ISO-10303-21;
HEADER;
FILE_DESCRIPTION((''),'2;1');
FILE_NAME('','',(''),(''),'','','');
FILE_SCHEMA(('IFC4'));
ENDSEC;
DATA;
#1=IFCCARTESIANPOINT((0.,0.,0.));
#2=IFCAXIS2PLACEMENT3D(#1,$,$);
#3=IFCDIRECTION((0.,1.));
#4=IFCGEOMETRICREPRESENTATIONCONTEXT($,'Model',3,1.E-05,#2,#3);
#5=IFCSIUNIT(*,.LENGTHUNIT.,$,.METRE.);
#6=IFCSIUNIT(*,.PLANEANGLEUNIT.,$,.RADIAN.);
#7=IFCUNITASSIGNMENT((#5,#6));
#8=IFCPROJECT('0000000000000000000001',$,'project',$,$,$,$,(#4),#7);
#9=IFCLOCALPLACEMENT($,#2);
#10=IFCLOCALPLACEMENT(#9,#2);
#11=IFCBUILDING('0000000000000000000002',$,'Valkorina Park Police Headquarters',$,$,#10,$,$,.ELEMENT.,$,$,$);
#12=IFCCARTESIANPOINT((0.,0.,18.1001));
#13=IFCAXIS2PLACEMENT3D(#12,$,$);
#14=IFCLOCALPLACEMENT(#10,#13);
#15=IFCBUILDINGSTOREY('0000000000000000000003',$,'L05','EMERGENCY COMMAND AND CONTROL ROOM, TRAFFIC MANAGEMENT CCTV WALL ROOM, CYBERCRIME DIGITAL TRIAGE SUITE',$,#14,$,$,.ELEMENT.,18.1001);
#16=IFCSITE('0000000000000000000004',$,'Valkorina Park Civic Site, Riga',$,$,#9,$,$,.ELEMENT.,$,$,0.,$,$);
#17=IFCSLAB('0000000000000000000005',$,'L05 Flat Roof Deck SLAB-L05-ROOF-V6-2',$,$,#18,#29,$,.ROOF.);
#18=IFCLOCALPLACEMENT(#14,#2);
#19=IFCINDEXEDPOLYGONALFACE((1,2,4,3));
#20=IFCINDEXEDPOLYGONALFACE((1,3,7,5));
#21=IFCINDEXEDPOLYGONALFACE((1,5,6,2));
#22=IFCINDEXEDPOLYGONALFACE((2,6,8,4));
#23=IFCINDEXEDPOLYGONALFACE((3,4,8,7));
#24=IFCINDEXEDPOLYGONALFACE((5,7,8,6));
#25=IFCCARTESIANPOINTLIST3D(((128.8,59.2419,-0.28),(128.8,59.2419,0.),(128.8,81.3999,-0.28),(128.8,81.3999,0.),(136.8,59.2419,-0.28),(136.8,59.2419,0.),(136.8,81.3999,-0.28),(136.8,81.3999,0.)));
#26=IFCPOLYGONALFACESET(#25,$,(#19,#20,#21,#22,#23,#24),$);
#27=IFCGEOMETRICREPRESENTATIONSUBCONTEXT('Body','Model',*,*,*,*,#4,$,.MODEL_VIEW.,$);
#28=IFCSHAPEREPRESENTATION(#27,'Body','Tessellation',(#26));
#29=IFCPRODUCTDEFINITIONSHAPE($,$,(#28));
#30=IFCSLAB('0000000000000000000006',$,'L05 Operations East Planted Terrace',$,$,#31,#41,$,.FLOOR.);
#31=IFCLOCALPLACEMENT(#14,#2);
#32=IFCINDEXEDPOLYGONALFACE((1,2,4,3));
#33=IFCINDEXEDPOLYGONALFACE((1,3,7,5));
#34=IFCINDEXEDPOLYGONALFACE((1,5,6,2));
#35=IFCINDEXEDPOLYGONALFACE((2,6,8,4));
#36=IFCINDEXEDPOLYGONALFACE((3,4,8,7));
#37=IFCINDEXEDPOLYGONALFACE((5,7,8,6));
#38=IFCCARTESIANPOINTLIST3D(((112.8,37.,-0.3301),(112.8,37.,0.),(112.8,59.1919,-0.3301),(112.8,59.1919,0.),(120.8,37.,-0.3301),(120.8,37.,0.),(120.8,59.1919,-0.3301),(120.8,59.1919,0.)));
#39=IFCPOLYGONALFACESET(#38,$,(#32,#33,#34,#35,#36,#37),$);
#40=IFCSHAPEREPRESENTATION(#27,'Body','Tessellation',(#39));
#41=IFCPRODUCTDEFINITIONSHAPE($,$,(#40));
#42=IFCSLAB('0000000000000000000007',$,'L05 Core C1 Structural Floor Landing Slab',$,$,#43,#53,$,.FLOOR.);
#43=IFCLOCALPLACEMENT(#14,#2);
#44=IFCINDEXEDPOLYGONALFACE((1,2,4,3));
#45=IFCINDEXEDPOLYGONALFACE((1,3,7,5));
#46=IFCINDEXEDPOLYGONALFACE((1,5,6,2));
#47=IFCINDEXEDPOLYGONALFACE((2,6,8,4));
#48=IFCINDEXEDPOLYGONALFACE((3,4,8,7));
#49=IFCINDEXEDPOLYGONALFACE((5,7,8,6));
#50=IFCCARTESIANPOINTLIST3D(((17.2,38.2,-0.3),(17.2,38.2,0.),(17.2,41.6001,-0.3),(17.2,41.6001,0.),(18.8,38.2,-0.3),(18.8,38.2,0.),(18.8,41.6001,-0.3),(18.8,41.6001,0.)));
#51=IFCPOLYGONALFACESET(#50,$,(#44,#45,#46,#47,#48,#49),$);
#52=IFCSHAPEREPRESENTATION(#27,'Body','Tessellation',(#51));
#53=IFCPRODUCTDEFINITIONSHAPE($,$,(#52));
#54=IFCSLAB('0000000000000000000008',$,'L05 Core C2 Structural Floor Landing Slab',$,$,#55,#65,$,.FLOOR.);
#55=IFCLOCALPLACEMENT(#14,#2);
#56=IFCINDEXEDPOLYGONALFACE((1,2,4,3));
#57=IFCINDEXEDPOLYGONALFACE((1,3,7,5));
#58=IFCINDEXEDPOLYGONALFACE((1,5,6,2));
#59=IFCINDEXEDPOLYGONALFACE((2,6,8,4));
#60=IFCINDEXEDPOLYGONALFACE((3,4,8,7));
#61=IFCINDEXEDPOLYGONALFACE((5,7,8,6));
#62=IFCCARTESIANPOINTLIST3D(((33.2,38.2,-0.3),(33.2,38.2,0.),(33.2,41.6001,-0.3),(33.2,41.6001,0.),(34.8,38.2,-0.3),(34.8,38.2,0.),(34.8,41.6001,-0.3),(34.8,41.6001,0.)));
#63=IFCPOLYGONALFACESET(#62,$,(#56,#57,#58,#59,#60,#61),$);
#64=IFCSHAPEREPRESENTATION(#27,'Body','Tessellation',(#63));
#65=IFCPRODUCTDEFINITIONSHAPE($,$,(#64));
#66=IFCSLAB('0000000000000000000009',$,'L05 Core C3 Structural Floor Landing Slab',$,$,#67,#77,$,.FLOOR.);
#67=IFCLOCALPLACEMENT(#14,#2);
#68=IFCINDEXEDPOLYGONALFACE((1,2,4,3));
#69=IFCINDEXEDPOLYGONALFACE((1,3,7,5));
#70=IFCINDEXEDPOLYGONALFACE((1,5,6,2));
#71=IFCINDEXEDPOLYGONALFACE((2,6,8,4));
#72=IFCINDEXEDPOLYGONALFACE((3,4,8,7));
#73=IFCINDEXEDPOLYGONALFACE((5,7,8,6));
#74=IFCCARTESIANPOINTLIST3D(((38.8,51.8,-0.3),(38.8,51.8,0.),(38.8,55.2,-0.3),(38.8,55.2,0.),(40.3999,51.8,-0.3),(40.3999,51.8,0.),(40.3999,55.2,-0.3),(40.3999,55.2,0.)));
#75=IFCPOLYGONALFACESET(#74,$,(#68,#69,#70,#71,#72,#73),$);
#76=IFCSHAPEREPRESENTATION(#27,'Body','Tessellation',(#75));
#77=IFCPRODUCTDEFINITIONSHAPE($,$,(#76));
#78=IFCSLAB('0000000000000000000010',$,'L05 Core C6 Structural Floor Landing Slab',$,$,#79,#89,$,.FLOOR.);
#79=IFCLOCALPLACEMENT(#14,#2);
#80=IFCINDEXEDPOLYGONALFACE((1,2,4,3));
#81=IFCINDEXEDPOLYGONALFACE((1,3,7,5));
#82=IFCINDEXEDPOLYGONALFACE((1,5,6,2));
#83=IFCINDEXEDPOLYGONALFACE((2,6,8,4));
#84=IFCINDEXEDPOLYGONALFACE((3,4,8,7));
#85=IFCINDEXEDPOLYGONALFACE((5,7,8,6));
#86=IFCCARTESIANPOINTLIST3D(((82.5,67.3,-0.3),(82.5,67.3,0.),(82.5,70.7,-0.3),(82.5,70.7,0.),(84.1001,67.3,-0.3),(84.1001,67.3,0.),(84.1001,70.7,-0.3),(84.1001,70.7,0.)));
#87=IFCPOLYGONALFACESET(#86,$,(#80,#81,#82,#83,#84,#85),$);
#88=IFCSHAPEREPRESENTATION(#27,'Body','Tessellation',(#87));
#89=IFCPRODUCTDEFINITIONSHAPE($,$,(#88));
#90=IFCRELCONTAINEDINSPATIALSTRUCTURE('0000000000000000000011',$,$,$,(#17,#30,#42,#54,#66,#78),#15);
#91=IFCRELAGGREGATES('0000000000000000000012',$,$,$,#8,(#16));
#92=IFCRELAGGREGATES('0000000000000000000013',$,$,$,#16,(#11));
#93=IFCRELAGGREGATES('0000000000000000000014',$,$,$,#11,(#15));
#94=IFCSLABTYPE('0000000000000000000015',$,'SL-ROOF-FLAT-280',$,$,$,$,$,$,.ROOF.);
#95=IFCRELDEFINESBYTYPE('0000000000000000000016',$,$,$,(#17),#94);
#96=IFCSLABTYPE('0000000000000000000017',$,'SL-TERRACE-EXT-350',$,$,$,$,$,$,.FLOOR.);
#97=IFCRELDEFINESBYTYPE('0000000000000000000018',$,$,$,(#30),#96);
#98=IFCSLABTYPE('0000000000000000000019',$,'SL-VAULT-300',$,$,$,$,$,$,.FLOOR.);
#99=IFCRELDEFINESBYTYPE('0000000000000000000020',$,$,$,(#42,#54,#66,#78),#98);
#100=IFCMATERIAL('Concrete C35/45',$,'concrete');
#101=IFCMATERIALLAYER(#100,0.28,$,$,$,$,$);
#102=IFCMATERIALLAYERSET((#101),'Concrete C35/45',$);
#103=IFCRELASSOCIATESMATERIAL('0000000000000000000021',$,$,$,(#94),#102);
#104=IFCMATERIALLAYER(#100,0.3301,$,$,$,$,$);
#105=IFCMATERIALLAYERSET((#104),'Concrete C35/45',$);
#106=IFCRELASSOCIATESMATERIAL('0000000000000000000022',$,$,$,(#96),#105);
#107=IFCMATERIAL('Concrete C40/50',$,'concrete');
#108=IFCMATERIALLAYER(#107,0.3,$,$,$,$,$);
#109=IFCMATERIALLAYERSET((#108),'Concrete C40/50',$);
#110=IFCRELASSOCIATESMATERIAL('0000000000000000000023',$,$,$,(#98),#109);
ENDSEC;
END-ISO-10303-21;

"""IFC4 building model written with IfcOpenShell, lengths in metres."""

from ifc_helpers import new_model, si_unit, direction, frame, origin, place, context, subcontext, project, spatial, polyline, outline, extrude, material, layer, layer_set, type_object, element, save


model = new_model("IFC4")

# Units and contexts
model_context = context("Model", 3, precision=1e-05, world=origin(), true_north=direction((0.0, 1.0)))
body_context = subcontext(model_context, "Body", "Model", "MODEL_VIEW")
ifc_project = project(units=[si_unit("LENGTHUNIT", "METRE"), si_unit("PLANEANGLEUNIT", "RADIAN")], contexts=[model_context])

# Site, building, storey
site_placement = place(None, origin())
site = spatial("IfcSite", under=ifc_project, at=site_placement, Name="Valkorina Park Civic Site, Riga", CompositionType="ELEMENT", RefElevation=0.0)
building_placement = place(site_placement, origin())
building = spatial("IfcBuilding", under=site, at=building_placement, Name="Valkorina Park Police Headquarters", CompositionType="ELEMENT")
storey_placement = place(building_placement, frame((0.0, 0.0, 18.1001)))
storey = spatial("IfcBuildingStorey", under=building, at=storey_placement, Name="L05", Description="EMERGENCY COMMAND AND CONTROL ROOM, TRAFFIC MANAGEMENT CCTV WALL ROOM, CYBERCRIME DIGITAL TRIAGE SUITE", CompositionType="ELEMENT", Elevation=18.1001)

# Shared definitions
ifc_material_1 = material(Name="Concrete C35/45", Category="concrete")

# Shared definitions
ifc_layer_1 = layer(ifc_material_1, 0.28)
ifc_layer_set_1 = layer_set([ifc_layer_1], Name="Concrete C35/45")
slab_type_1 = type_object("IfcSlabType", Name="SL-ROOF-FLAT-280", PredefinedType="ROOF", material=ifc_layer_set_1)

# Slabs
slab_1_placement = place(storey_placement, frame((0.0, 0.0, -0.28)))
element("IfcSlab", 1, at=slab_1_placement, inside=storey, type_object=slab_type_1, Name="L05 Flat Roof Deck SLAB-L05-ROOF-V6-2", PredefinedType="ROOF", context=body_context, shape_type="SweptSolid", body=[
    extrude(outline(polyline([(128.8, 59.2419), (136.8, 59.2419), (136.8, 81.3999), (128.8, 81.3999), (128.8, 59.2419)])), origin(), (0.0, 0.0, 1.0), 0.28),
])
ifc_layer_2 = layer(ifc_material_1, 0.3301)
ifc_layer_set_2 = layer_set([ifc_layer_2], Name="Concrete C35/45")
slab_type_2 = type_object("IfcSlabType", Name="SL-TERRACE-EXT-350", PredefinedType="FLOOR", material=ifc_layer_set_2)
slab_2_placement = place(storey_placement, frame((0.0, 0.0, -0.3301)))
element("IfcSlab", 2, at=slab_2_placement, inside=storey, type_object=slab_type_2, Name="L05 Operations East Planted Terrace", PredefinedType="FLOOR", context=body_context, shape_type="SweptSolid", body=[
    extrude(outline(polyline([(120.8, 59.1919), (112.8, 59.1919), (112.8, 37.0), (120.8, 37.0), (120.8, 59.1919)])), origin(), (0.0, 0.0, 1.0), 0.3301),
])
ifc_material_2 = material(Name="Concrete C40/50", Category="concrete")
ifc_layer_3 = layer(ifc_material_2, 0.3)
ifc_layer_set_3 = layer_set([ifc_layer_3], Name="Concrete C40/50")
slab_type_3 = type_object("IfcSlabType", Name="SL-VAULT-300", PredefinedType="FLOOR", material=ifc_layer_set_3)
slab_3_placement = place(storey_placement, frame((0.0, 0.0, -0.3)))
element("IfcSlab", 3, at=slab_3_placement, inside=storey, type_object=slab_type_3, Name="L05 Core C1 Structural Floor Landing Slab", PredefinedType="FLOOR", context=body_context, shape_type="SweptSolid", body=[
    extrude(outline(polyline([(17.2, 38.2), (18.8, 38.2), (18.8, 41.6001), (17.2, 41.6001), (17.2, 38.2)])), origin(), (0.0, 0.0, 1.0), 0.3),
])
slab_4_placement = place(storey_placement, frame((0.0, 0.0, -0.3)))
element("IfcSlab", 4, at=slab_4_placement, inside=storey, type_object=slab_type_3, Name="L05 Core C2 Structural Floor Landing Slab", PredefinedType="FLOOR", context=body_context, shape_type="SweptSolid", body=[
    extrude(outline(polyline([(33.2, 38.2), (34.8, 38.2), (34.8, 41.6001), (33.2, 41.6001), (33.2, 38.2)])), origin(), (0.0, 0.0, 1.0), 0.3),
])
slab_5_placement = place(storey_placement, frame((0.0, 0.0, -0.3)))
element("IfcSlab", 5, at=slab_5_placement, inside=storey, type_object=slab_type_3, Name="L05 Core C3 Structural Floor Landing Slab", PredefinedType="FLOOR", context=body_context, shape_type="SweptSolid", body=[
    extrude(outline(polyline([(38.8, 51.8), (40.3999, 51.8), (40.3999, 55.2), (38.8, 55.2), (38.8, 51.8)])), origin(), (0.0, 0.0, 1.0), 0.3),
])
slab_6_placement = place(storey_placement, frame((0.0, 0.0, -0.3)))
element("IfcSlab", 6, at=slab_6_placement, inside=storey, type_object=slab_type_3, Name="L05 Core C6 Structural Floor Landing Slab", PredefinedType="FLOOR", context=body_context, shape_type="SweptSolid", body=[
    extrude(outline(polyline([(82.5, 67.3), (84.1001, 67.3), (84.1001, 70.7), (82.5, 70.7), (82.5, 67.3)])), origin(), (0.0, 0.0, 1.0), 0.3),
])

save(model, "model.ifc")
